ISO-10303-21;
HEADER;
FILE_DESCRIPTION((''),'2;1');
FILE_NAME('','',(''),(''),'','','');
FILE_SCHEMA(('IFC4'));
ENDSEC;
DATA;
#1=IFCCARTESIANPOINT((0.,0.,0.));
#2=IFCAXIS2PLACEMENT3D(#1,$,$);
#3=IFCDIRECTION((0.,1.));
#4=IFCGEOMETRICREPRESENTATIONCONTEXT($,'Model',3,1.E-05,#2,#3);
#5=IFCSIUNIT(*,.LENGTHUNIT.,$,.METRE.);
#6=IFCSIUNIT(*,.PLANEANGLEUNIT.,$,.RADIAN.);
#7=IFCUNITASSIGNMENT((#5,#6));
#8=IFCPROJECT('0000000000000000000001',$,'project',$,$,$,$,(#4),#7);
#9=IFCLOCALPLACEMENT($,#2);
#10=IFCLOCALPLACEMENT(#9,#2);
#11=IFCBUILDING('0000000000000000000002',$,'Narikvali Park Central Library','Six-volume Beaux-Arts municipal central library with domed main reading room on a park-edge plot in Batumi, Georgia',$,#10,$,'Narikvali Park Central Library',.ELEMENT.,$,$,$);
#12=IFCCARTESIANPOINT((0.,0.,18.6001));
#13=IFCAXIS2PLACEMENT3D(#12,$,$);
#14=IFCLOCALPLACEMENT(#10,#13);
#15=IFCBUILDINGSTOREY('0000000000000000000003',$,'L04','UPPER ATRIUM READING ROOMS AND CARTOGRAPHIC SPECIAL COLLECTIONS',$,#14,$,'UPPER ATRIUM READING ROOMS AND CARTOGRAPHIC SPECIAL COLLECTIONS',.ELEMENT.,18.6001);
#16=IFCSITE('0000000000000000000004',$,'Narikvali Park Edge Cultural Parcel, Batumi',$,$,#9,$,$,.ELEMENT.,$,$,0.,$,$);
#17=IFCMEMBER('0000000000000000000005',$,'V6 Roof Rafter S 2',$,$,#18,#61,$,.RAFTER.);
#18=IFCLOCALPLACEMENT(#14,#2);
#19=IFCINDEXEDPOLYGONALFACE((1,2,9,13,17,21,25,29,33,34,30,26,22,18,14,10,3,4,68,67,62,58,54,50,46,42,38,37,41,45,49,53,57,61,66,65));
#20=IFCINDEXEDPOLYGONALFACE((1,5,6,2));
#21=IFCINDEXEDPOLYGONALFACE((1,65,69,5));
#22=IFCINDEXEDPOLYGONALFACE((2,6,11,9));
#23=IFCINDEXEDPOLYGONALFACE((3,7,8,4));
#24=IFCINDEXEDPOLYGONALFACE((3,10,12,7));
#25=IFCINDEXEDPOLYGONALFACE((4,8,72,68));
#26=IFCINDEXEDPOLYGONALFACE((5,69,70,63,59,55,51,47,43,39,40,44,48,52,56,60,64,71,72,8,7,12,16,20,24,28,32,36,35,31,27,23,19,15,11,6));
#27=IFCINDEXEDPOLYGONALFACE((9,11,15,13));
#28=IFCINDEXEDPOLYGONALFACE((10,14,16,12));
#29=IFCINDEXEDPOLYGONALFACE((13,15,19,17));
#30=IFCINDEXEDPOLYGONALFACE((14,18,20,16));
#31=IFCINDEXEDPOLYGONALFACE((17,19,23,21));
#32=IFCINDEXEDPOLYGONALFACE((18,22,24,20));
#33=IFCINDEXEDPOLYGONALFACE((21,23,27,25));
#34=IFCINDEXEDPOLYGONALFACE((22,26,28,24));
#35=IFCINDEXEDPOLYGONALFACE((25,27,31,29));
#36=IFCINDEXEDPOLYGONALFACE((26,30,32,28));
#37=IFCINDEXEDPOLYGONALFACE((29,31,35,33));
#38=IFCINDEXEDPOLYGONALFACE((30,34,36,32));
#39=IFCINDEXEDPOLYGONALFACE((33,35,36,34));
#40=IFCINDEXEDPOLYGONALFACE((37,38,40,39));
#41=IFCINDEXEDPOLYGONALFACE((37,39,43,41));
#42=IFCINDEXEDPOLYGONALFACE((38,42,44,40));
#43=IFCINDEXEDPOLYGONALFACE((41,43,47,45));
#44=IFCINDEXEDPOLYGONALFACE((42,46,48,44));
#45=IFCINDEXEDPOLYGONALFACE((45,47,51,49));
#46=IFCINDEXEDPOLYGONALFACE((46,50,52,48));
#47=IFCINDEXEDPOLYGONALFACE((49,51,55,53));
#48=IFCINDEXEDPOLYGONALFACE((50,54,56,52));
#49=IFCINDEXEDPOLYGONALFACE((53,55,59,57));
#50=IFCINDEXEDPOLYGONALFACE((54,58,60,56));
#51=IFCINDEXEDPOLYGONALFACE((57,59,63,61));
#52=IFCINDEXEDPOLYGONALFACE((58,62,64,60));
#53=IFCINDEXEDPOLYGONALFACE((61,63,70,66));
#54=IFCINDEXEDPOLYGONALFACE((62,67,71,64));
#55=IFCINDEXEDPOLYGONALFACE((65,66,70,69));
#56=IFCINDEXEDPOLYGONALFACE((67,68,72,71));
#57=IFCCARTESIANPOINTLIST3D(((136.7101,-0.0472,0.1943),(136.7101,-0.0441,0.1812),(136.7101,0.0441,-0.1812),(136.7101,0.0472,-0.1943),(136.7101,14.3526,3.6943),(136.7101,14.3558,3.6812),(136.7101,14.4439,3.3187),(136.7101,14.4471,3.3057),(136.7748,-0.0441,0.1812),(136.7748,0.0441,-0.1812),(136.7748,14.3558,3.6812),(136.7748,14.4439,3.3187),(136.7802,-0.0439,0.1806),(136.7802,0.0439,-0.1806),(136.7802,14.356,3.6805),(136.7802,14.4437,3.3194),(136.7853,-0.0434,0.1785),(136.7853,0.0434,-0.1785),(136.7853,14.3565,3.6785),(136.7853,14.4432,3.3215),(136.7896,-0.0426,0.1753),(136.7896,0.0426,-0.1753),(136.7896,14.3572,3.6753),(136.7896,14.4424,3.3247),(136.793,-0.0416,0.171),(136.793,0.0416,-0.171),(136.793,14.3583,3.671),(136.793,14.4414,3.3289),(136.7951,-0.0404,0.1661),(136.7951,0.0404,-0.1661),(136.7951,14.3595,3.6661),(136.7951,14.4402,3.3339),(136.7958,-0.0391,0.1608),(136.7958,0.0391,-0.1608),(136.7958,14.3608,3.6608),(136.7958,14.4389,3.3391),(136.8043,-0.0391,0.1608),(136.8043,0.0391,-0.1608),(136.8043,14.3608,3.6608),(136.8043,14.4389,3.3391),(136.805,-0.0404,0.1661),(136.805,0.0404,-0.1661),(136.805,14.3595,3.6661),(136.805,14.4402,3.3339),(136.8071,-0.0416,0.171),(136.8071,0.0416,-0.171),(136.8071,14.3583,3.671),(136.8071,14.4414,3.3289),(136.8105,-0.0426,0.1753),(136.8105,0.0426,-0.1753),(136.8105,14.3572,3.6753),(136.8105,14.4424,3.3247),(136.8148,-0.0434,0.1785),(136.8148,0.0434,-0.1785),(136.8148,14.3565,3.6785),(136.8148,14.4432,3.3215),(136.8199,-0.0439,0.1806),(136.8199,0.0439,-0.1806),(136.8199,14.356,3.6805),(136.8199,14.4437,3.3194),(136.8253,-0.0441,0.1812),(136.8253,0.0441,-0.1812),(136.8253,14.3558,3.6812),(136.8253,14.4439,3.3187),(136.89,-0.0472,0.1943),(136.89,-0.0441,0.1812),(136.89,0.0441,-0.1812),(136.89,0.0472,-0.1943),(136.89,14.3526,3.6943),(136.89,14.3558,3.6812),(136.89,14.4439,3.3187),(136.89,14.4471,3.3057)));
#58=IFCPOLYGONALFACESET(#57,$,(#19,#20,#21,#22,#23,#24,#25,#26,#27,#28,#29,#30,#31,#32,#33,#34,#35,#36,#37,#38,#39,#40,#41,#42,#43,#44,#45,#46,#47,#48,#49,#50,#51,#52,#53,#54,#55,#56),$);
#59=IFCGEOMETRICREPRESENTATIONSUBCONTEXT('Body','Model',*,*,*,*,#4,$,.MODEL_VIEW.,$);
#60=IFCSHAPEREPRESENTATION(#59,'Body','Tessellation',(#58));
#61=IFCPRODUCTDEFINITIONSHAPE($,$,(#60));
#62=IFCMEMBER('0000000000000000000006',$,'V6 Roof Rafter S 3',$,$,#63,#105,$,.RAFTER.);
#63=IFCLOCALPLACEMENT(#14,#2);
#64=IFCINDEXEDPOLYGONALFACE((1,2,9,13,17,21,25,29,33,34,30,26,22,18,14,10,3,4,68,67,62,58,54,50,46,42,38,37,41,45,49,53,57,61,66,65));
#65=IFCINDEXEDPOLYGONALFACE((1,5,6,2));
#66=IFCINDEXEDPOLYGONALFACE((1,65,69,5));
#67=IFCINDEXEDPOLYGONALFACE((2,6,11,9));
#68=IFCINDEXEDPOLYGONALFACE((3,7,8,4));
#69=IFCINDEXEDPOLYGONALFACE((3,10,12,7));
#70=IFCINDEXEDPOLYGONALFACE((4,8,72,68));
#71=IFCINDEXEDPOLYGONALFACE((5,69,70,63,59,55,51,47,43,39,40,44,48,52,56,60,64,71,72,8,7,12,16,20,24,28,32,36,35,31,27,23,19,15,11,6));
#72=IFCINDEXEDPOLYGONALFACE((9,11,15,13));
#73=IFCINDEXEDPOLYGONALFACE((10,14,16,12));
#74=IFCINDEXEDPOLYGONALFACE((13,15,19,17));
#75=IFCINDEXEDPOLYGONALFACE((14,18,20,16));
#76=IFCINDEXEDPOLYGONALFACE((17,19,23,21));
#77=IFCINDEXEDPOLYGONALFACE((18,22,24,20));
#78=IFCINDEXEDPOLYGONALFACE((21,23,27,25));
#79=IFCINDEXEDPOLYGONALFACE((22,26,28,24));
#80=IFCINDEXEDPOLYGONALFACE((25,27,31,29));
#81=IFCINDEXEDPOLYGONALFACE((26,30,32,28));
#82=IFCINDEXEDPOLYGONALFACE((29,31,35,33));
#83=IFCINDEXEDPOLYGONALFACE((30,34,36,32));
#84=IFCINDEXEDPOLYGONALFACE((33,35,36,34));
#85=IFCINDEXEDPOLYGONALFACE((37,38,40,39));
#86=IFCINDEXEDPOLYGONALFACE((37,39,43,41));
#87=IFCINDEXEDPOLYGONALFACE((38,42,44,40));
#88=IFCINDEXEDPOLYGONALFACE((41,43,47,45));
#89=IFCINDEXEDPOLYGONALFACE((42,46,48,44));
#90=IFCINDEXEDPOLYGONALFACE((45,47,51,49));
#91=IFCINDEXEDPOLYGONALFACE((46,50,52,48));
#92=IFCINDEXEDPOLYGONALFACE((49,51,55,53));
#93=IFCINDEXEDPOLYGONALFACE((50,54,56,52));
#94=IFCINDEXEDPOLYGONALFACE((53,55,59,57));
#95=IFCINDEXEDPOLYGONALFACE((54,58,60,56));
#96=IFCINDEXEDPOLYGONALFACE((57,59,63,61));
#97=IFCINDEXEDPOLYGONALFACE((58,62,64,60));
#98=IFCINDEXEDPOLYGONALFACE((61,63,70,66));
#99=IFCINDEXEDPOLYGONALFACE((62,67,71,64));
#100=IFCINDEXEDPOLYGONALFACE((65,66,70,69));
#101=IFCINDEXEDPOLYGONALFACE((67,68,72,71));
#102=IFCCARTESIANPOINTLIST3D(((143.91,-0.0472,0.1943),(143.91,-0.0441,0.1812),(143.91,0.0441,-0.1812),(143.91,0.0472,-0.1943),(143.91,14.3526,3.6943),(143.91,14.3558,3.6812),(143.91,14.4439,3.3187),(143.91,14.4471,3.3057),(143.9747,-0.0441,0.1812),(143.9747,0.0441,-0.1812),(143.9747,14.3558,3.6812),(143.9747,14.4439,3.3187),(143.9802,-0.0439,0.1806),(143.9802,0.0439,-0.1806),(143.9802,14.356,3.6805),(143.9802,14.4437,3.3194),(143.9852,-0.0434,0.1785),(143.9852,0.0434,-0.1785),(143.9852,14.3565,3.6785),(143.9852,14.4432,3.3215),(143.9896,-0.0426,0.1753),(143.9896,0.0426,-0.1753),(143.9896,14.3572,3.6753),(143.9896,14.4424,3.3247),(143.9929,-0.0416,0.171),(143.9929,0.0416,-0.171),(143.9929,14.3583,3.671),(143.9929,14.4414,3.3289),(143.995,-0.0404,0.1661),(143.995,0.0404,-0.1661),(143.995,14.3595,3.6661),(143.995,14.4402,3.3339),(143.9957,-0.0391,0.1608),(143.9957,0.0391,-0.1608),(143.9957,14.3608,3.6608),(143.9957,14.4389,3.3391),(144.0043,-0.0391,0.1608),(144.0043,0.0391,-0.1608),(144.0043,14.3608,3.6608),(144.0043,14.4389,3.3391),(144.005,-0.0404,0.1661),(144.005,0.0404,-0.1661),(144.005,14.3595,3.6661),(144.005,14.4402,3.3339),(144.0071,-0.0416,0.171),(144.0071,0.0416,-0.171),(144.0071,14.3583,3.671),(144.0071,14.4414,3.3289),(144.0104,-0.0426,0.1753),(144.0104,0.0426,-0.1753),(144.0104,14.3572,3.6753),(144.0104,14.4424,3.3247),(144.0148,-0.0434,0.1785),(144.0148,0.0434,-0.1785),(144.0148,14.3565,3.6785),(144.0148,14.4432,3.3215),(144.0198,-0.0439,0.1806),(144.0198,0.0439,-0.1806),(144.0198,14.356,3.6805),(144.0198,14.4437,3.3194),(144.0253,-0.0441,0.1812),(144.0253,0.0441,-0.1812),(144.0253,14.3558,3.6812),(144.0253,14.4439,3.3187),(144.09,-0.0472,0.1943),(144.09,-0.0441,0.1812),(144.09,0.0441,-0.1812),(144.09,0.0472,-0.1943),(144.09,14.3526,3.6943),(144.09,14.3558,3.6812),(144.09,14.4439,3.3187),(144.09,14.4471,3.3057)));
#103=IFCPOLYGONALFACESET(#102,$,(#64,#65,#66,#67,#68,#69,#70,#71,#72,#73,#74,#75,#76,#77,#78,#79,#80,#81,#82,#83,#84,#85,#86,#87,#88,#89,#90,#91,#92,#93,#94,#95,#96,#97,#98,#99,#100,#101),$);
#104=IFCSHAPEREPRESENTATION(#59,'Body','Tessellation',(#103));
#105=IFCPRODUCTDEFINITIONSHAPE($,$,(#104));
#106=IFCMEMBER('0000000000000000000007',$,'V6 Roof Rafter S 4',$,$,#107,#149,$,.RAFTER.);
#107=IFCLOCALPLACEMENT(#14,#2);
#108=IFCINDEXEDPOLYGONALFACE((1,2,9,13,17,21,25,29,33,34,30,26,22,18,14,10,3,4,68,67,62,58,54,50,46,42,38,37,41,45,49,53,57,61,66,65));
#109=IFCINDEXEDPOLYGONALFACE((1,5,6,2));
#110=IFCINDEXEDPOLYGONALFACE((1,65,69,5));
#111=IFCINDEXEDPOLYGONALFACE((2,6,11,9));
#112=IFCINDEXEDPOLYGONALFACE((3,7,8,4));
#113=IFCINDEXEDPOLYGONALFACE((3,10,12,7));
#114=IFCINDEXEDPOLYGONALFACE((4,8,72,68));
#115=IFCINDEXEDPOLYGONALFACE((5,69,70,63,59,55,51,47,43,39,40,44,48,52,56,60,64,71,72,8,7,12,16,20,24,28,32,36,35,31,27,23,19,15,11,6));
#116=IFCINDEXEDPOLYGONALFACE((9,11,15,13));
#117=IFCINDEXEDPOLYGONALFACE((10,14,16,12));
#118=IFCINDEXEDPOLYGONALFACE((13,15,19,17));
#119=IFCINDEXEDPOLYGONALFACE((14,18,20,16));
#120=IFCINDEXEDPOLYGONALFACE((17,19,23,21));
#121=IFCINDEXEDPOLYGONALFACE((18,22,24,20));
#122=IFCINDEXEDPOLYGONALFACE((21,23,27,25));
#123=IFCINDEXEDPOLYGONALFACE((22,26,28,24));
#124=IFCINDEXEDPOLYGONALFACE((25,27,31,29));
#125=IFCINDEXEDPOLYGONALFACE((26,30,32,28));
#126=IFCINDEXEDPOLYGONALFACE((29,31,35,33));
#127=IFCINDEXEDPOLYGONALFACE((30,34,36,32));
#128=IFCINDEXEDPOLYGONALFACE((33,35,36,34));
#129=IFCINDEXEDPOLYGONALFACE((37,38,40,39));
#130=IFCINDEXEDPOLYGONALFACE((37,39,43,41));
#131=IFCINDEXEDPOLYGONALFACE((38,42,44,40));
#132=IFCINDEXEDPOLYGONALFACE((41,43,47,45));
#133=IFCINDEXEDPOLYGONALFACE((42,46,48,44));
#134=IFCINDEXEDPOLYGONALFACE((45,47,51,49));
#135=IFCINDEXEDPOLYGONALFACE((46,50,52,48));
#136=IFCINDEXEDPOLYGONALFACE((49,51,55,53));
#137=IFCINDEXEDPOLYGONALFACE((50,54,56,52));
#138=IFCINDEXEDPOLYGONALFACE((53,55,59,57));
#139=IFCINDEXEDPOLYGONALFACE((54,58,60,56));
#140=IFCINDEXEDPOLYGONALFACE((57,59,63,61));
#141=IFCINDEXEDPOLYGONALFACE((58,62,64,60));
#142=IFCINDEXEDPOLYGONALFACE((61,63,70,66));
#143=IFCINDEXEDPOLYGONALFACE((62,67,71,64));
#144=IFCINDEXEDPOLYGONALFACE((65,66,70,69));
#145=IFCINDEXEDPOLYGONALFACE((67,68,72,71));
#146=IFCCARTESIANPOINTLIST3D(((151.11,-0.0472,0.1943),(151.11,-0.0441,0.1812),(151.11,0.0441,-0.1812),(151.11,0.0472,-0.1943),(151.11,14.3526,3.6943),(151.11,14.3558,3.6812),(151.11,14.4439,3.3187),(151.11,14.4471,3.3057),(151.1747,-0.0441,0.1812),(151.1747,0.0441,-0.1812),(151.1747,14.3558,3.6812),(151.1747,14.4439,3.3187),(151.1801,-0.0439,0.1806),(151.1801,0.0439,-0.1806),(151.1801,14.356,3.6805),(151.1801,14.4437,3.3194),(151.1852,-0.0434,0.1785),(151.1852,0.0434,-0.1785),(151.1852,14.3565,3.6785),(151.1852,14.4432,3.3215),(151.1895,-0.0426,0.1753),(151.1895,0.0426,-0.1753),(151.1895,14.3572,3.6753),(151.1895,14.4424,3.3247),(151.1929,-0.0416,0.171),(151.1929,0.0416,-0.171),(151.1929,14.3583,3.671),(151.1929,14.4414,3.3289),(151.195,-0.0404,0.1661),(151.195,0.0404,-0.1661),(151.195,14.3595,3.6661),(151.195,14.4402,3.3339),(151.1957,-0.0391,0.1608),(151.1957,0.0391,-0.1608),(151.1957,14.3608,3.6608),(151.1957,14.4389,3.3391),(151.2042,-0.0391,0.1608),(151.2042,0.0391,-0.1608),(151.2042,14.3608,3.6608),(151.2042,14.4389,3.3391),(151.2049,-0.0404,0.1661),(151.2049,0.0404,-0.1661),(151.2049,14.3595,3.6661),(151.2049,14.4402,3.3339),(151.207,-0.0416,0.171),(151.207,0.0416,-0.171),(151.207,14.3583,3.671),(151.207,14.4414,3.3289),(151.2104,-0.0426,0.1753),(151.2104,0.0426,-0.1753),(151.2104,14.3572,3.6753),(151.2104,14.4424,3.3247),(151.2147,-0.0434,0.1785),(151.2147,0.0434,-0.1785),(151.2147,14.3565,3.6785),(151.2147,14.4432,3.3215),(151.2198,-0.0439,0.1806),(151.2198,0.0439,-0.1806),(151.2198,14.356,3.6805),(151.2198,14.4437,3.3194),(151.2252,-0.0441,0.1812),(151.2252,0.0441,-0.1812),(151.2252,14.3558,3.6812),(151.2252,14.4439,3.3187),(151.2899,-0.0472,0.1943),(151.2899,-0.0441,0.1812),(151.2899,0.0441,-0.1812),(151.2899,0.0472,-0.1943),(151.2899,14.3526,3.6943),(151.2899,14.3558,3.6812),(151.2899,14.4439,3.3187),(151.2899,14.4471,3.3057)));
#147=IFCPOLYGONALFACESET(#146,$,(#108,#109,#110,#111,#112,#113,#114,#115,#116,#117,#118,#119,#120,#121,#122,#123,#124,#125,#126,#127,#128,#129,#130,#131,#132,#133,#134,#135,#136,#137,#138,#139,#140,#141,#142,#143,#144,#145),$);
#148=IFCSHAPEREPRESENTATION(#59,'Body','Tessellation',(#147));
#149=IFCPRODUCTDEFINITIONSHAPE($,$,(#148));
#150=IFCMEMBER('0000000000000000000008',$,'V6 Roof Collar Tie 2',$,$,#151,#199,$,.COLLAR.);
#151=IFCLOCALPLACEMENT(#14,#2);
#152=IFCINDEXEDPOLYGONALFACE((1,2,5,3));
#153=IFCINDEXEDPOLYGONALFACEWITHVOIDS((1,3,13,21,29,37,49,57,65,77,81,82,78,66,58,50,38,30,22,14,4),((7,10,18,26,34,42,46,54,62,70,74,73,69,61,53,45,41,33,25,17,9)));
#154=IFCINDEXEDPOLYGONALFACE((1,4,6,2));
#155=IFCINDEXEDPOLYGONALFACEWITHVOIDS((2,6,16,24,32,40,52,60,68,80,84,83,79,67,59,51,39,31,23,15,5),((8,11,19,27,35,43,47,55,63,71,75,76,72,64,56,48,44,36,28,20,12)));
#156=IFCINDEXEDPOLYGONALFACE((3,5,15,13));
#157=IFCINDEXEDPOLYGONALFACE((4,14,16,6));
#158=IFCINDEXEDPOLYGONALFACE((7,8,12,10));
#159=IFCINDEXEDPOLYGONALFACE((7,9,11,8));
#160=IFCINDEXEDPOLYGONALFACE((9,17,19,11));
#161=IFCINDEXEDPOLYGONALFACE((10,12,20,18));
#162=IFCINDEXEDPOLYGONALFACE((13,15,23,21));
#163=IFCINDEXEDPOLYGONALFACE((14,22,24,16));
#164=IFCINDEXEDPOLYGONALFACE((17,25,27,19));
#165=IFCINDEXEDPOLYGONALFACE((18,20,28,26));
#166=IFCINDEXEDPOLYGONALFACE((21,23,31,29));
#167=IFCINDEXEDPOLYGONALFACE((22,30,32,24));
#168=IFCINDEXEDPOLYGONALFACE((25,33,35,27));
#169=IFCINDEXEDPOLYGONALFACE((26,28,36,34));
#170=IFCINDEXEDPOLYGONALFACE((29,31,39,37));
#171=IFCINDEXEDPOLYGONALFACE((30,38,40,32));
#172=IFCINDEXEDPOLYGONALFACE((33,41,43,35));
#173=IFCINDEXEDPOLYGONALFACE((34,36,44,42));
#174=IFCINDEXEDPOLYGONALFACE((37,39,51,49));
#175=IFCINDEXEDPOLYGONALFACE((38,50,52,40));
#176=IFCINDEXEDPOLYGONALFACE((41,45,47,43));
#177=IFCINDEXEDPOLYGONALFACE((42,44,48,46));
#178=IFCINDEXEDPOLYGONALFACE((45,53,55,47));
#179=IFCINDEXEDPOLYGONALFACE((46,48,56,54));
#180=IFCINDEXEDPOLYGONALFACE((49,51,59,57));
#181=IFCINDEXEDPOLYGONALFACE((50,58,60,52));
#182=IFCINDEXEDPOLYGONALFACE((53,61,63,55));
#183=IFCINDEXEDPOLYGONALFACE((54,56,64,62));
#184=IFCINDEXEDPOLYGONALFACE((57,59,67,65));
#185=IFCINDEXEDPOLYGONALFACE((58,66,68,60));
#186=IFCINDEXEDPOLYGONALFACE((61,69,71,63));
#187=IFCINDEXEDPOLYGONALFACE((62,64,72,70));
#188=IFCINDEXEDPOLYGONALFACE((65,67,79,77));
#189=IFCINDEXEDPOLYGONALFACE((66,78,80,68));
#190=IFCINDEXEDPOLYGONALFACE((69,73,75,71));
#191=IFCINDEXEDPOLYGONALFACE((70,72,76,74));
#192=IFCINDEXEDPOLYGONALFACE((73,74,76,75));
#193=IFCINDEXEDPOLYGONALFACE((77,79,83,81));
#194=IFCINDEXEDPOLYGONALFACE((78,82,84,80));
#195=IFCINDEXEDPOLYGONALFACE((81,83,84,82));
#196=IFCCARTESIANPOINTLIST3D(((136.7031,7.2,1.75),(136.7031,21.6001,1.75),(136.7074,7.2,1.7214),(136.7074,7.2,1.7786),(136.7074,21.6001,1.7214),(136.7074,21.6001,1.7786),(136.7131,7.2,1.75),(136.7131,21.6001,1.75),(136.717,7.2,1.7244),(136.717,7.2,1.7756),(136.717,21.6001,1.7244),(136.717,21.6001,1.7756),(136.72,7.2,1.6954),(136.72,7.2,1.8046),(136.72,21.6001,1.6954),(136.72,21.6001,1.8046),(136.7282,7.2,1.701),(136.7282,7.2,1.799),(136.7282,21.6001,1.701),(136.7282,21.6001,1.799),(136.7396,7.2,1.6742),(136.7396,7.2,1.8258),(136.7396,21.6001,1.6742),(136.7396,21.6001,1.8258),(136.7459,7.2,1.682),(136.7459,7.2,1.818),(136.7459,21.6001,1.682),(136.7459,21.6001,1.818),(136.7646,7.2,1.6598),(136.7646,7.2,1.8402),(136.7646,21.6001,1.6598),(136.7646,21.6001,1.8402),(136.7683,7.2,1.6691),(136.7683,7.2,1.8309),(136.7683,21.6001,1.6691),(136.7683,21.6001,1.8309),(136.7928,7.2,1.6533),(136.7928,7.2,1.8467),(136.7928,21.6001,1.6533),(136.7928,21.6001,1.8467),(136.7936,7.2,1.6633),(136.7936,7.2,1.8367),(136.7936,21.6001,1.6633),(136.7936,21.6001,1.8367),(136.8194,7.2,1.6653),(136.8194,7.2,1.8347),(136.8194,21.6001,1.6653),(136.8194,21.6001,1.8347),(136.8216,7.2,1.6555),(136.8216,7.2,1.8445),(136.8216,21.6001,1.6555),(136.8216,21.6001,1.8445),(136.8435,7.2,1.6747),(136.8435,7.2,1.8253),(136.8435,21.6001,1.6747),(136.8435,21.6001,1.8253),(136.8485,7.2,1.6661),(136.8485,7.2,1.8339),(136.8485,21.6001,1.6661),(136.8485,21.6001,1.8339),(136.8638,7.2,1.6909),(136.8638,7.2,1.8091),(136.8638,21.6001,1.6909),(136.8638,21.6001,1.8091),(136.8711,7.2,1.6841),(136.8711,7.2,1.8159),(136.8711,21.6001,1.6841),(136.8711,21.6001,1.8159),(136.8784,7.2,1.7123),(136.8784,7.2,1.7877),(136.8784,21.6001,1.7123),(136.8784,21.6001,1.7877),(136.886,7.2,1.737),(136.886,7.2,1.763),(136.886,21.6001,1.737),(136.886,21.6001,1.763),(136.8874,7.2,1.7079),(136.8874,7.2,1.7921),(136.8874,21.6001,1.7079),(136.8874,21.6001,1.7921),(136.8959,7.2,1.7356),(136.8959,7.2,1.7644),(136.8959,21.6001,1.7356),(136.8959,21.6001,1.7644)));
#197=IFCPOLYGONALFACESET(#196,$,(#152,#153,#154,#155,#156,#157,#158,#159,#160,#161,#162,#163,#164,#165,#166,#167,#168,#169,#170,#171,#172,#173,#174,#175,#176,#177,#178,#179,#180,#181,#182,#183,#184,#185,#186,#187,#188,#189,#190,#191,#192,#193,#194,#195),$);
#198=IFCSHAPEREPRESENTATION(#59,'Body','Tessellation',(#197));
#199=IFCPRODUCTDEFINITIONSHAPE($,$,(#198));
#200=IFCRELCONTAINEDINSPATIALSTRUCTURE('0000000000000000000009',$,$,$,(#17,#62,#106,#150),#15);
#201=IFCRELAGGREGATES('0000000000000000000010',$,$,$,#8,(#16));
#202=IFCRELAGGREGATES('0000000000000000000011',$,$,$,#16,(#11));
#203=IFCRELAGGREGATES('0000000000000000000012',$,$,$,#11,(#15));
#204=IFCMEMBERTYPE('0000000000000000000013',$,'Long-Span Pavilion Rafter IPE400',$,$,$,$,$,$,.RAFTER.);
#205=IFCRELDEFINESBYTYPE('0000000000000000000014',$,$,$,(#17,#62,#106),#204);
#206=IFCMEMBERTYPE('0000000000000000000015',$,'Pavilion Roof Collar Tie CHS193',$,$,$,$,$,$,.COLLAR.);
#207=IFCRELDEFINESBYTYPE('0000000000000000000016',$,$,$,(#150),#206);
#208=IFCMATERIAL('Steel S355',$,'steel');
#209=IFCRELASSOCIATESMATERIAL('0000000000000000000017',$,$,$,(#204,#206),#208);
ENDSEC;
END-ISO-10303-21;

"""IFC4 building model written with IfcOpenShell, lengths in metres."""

from ifc_helpers import new_model, si_unit, direction, frame, origin, origin_2d, place, context, subcontext, project, spatial, hollow_circle, i_section, extrude, material, material_profile, profile_set, type_object, element, save


model = new_model("IFC4")

# Units and contexts
model_context = context("Model", 3, precision=1e-05, world=origin(), true_north=direction((0.0, 1.0)))
body_context = subcontext(model_context, "Body", "Model", "MODEL_VIEW")
ifc_project = project(units=[si_unit("LENGTHUNIT", "METRE"), si_unit("PLANEANGLEUNIT", "RADIAN")], contexts=[model_context])

# Site, building, storey
site_placement = place(None, origin())
site = spatial("IfcSite", under=ifc_project, at=site_placement, Name="Narikvali Park Edge Cultural Parcel, Batumi", CompositionType="ELEMENT", RefElevation=0.0)
building_placement = place(site_placement, origin())
building = spatial("IfcBuilding", under=site, at=building_placement, Name="Narikvali Park Central Library", Description="Six-volume Beaux-Arts municipal central library with domed main reading room on a park-edge plot in Batumi, Georgia", LongName="Narikvali Park Central Library", CompositionType="ELEMENT")
storey_placement = place(building_placement, frame((0.0, 0.0, 18.6001)))
storey = spatial("IfcBuildingStorey", under=building, at=storey_placement, Name="L04", Description="UPPER ATRIUM READING ROOMS AND CARTOGRAPHIC SPECIAL COLLECTIONS", LongName="UPPER ATRIUM READING ROOMS AND CARTOGRAPHIC SPECIAL COLLECTIONS", CompositionType="ELEMENT", Elevation=18.6001)

# Shared definitions
ifc_material = material(Name="Steel S355", Category="steel")

# Members
ifc_material_profile_1 = material_profile(ifc_material, i_section(OverallWidth=0.1799, OverallDepth=0.3999, WebThickness=0.0085, FlangeThickness=0.0134, FilletRadius=0.021, at=origin_2d()), Name="IPE 400")
ifc_profile_set_1 = profile_set([ifc_material_profile_1], Name="Steel S355")
member_type_1 = type_object("IfcMemberType", Name="Long-Span Pavilion Rafter IPE400", PredefinedType="RAFTER", material=ifc_profile_set_1)
for number, where, z_axis, x_axis, name in (
    (1, (136.8, 0.0, 0.0), (0.0, 0.971709, 0.236181), (-1.0, 0.0, 0.0), "V6 Roof Rafter S 2"),
    (2, (144.0, 0.0, 0.0), (0.0, 0.971709, 0.236181), (-1.0, 0.0, 0.0), "V6 Roof Rafter S 3"),
    (3, (151.2, 0.0, 0.0), (0.0, 0.971709, 0.236181), (-1.0, 0.0, 0.0), "V6 Roof Rafter S 4"),
):
    element("IfcMember", number, at=place(storey_placement, frame(where, z_axis=z_axis, x_axis=x_axis)), inside=storey, type_object=member_type_1, Name=name, PredefinedType="RAFTER", context=body_context, shape_type="SweptSolid", body=[
        extrude(i_section(OverallWidth=0.1799, OverallDepth=0.3999, WebThickness=0.0085, FlangeThickness=0.0134, FilletRadius=0.021, at=origin_2d()), origin(), (0.0, 0.0, 1.0), 14.8191),
    ])
ifc_material_profile_2 = material_profile(ifc_material, hollow_circle(Radius=0.0969, WallThickness=0.01, at=origin_2d()), Name="CHS 193.7x10")
ifc_profile_set_2 = profile_set([ifc_material_profile_2], Name="Steel S355")
member_type_2 = type_object("IfcMemberType", Name="Pavilion Roof Collar Tie CHS193", PredefinedType="COLLAR", material=ifc_profile_set_2)
for number, where, z_axis, x_axis, name in (
    (4, (136.8, 7.2, 1.75), (0.0, 1.0, 0.0), (-1.0, 0.0, 0.0), "V6 Roof Collar Tie 2"),
):
    element("IfcMember", number, at=place(storey_placement, frame(where, z_axis=z_axis, x_axis=x_axis)), inside=storey, type_object=member_type_2, Name=name, PredefinedType="COLLAR", context=body_context, shape_type="SweptSolid", body=[
        extrude(hollow_circle(Radius=0.0969, WallThickness=0.01, at=origin_2d()), origin(), (0.0, 0.0, 1.0), 14.4001),
    ])

save(model, "model.ifc")
